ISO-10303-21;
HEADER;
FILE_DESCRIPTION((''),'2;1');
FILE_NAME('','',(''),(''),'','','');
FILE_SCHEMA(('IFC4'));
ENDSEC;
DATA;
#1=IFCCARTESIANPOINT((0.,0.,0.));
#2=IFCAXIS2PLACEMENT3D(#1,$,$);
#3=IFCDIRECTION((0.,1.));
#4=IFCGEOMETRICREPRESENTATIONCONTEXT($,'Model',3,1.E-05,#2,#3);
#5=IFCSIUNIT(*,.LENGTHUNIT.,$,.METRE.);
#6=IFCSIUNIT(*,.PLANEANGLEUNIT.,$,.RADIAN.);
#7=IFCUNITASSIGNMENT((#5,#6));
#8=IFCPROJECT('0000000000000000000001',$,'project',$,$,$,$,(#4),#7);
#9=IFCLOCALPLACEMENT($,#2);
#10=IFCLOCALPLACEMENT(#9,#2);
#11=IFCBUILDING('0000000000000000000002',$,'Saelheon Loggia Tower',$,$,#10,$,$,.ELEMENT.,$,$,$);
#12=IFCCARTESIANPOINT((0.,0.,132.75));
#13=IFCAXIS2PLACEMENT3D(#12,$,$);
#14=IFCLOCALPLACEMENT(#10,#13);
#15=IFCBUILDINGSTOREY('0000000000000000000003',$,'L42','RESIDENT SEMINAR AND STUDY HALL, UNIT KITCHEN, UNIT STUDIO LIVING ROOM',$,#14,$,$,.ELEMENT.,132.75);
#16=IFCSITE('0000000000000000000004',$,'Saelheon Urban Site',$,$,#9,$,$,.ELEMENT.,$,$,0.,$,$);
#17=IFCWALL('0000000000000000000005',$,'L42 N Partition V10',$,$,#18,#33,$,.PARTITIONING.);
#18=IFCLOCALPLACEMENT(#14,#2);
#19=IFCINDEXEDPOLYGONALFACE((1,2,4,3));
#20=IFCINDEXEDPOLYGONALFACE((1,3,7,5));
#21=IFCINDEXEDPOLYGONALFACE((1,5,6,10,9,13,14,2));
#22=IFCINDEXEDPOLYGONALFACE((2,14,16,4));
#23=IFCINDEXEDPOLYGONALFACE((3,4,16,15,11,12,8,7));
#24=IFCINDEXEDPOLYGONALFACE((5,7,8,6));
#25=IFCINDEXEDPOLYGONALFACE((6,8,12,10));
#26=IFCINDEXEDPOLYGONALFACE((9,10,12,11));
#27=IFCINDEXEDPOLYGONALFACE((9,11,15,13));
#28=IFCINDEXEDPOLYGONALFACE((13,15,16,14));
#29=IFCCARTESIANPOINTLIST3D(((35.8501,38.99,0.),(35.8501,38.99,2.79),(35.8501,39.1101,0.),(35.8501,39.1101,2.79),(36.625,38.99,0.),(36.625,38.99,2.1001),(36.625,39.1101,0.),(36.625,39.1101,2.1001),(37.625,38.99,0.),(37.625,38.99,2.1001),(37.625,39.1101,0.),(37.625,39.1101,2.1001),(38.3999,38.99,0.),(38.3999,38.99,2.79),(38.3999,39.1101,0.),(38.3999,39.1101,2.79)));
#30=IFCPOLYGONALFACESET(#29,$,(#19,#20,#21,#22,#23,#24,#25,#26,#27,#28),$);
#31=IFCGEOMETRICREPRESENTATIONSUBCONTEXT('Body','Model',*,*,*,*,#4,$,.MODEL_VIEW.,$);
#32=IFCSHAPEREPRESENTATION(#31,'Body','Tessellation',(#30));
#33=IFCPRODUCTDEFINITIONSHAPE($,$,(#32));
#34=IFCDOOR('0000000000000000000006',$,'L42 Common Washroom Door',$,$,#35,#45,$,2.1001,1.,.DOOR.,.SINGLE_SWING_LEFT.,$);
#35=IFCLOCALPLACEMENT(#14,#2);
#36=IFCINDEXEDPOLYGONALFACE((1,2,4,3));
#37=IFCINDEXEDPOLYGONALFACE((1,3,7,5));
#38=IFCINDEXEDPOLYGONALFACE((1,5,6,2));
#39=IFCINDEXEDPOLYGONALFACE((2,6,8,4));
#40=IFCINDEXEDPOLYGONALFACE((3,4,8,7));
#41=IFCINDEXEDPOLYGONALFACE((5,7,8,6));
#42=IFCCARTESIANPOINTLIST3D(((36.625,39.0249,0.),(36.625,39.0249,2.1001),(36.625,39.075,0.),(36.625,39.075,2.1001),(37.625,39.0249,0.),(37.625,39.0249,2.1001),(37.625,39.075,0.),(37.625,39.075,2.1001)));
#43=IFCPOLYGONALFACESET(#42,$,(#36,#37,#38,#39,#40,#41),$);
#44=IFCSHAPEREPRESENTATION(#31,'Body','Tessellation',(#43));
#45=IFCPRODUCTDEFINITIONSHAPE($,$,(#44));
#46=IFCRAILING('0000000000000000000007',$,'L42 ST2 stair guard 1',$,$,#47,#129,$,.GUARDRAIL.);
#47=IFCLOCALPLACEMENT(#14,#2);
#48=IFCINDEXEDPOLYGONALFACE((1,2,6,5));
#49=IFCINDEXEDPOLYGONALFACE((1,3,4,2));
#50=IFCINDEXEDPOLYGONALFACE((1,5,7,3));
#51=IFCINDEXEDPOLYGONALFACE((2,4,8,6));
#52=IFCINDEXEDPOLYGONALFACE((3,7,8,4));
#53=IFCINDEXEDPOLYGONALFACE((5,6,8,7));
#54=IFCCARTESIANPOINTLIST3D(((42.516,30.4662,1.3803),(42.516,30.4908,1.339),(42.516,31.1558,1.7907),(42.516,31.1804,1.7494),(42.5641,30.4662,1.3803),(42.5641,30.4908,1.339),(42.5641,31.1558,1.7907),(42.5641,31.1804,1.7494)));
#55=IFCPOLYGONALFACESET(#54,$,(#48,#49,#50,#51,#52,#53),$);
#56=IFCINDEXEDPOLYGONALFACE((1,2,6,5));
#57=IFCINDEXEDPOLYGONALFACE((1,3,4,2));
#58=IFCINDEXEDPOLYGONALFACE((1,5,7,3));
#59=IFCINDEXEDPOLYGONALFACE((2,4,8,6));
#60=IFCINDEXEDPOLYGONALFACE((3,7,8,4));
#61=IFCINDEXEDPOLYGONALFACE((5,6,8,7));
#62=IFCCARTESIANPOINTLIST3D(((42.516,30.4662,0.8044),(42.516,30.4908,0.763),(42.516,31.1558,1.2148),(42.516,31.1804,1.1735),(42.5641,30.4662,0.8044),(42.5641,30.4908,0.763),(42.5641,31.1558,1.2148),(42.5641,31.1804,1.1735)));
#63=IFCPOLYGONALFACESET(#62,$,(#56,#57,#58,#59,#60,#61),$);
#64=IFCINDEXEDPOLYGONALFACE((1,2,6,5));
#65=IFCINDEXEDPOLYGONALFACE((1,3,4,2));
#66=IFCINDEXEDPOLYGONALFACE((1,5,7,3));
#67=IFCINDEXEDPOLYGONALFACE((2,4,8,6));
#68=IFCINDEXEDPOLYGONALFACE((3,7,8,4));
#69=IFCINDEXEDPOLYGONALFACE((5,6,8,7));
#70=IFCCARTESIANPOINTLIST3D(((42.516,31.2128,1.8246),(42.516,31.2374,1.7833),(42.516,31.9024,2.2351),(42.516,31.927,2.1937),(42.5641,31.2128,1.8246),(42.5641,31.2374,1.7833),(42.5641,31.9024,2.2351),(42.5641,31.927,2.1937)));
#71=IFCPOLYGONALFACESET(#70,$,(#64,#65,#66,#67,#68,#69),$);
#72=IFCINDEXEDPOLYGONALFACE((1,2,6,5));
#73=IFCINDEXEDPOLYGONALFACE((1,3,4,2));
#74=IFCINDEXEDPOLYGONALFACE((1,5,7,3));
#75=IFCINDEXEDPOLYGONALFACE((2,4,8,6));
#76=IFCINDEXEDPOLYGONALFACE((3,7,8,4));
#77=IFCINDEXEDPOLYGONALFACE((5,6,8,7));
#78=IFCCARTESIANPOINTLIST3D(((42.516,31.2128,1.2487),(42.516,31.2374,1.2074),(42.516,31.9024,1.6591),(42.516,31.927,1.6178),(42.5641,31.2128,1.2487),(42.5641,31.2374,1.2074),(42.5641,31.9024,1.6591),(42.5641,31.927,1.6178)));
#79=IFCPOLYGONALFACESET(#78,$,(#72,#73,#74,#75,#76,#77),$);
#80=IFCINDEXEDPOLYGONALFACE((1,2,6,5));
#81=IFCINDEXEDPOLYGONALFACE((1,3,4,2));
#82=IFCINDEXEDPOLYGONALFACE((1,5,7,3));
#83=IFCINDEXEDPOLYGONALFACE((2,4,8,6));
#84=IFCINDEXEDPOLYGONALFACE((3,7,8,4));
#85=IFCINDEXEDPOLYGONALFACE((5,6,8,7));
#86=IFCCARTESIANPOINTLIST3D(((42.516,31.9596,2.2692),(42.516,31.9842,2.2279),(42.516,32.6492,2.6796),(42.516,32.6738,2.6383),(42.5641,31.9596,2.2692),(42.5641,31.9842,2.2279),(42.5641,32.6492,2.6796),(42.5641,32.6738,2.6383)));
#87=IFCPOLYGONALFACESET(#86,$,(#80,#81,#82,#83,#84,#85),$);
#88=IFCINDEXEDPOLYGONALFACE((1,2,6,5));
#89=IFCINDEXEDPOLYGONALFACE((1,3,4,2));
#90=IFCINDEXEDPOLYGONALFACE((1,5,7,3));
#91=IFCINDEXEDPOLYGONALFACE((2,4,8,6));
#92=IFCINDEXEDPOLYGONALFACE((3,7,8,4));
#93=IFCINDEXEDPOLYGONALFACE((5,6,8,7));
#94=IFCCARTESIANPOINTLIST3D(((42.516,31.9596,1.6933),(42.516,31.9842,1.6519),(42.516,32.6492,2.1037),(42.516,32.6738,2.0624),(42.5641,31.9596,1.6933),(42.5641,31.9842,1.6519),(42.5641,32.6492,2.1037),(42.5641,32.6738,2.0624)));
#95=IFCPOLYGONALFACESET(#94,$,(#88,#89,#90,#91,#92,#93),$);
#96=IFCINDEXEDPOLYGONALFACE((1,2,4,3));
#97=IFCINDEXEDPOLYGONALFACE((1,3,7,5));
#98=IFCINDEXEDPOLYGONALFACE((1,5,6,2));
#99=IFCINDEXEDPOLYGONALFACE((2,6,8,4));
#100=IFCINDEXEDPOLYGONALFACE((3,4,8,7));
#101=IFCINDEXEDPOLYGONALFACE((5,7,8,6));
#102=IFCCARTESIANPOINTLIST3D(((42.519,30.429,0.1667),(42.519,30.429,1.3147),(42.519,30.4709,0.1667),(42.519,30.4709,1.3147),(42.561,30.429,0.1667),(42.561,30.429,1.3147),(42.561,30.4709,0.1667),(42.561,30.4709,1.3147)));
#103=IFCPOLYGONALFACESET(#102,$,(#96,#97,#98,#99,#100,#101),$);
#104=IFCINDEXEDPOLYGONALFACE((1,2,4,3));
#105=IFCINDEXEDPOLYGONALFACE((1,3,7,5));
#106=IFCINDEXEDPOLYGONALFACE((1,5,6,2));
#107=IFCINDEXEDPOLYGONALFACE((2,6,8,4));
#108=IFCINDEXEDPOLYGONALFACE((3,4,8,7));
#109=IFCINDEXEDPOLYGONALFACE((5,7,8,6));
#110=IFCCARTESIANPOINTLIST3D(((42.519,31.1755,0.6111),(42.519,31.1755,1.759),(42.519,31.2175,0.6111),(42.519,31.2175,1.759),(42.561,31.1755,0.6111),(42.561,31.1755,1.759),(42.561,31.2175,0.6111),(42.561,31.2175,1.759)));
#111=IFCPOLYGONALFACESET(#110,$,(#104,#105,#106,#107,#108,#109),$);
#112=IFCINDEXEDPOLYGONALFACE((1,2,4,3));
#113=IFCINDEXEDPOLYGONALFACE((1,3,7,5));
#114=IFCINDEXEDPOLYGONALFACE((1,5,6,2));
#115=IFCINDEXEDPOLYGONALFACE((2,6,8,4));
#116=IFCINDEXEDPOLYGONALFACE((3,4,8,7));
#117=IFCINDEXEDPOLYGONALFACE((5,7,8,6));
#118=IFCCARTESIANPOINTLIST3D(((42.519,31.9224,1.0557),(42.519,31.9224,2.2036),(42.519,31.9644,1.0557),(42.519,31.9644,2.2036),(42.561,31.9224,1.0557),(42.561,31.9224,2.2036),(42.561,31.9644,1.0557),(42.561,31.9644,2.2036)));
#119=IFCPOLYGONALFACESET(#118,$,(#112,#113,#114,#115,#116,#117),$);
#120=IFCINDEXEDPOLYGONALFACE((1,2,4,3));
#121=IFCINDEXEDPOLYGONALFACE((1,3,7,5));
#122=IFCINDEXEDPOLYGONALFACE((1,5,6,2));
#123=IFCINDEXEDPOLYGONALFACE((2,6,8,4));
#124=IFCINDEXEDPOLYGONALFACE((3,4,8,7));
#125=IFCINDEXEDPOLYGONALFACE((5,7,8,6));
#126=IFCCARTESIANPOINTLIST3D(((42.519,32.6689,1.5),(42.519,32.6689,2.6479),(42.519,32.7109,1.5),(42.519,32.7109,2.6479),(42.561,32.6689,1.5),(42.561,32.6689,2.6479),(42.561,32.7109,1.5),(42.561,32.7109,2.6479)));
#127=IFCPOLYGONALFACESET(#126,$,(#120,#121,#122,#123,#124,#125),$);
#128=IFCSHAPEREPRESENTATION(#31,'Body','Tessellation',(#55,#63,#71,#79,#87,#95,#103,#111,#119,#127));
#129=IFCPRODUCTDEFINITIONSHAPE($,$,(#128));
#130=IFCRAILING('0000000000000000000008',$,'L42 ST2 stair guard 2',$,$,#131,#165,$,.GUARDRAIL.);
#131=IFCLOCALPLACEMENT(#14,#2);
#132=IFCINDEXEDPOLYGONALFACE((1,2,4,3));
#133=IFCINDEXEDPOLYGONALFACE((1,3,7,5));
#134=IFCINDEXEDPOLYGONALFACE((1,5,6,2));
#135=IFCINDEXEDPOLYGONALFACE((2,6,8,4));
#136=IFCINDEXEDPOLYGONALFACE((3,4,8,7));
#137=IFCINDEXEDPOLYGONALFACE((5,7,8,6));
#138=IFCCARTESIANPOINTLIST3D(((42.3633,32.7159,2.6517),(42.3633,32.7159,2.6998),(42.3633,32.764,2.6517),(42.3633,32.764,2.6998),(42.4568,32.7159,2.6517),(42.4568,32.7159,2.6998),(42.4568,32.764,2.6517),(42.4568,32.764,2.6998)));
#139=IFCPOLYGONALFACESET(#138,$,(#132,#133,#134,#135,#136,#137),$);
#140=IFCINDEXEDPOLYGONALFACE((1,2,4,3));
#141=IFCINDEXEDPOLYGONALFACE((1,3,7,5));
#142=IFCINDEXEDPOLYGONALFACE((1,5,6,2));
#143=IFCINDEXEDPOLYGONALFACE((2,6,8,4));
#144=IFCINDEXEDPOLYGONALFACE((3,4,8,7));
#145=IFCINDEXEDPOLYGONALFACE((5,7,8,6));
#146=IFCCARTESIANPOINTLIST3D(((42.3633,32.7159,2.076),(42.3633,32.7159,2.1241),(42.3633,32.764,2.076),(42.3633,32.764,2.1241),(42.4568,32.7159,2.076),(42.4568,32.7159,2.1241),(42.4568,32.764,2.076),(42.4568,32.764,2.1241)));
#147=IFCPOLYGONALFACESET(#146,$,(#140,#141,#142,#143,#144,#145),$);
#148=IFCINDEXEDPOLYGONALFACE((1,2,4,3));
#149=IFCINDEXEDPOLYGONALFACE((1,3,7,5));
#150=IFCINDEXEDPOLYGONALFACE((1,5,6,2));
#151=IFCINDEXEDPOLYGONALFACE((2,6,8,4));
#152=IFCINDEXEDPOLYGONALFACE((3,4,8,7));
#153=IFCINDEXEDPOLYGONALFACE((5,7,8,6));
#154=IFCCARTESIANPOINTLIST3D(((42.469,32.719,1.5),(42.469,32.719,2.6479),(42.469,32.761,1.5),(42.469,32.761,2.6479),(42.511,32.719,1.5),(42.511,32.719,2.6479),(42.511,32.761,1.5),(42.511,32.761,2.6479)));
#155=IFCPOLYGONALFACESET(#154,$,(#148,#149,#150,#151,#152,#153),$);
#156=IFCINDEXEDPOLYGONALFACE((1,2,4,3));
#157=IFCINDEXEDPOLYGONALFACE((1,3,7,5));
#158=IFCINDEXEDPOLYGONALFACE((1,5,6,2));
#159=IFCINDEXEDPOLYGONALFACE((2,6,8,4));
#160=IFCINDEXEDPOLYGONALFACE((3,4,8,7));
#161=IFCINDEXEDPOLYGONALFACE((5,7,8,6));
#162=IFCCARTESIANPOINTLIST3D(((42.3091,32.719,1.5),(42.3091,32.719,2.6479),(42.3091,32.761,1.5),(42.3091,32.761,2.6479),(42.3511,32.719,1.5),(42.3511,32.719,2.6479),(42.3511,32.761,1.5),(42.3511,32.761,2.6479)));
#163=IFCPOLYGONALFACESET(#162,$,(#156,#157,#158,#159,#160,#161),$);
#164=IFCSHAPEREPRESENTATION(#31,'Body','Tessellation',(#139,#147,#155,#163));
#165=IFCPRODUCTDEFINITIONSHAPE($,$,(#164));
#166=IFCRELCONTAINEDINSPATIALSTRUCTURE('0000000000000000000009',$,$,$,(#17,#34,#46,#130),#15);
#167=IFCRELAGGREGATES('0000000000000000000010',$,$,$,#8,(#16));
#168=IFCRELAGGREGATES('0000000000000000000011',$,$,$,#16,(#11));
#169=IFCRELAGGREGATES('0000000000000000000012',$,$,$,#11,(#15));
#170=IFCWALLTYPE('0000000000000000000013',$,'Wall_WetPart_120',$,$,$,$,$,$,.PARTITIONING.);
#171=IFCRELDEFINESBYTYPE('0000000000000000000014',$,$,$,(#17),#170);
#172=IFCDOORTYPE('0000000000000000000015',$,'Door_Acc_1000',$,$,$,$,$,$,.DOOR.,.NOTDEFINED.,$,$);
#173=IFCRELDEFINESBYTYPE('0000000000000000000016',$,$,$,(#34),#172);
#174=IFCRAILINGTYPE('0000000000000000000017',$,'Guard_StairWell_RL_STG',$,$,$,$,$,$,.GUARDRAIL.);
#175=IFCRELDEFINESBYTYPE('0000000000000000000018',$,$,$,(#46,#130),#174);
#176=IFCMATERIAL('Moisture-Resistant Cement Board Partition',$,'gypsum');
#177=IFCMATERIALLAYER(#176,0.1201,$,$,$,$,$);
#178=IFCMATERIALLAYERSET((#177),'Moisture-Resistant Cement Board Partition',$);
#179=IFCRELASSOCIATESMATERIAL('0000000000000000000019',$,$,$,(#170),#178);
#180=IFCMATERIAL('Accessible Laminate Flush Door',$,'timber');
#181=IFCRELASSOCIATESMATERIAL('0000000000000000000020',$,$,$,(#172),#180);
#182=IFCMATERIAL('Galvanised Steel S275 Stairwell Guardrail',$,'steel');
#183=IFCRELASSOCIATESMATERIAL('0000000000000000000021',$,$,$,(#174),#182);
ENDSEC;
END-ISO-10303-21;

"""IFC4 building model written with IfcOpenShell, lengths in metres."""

from ifc_helpers import new_model, si_unit, direction, frame, frame_2d, origin, origin_2d, place, context, subcontext, project, spatial, rectangle, extrude, source, transform, mapped, material, layer, layer_set, type_object, element, fill, save


model = new_model("IFC4")

# Units and contexts
model_context = context("Model", 3, precision=1e-05, world=origin(), true_north=direction((0.0, 1.0)))
body_context = subcontext(model_context, "Body", "Model", "MODEL_VIEW")
ifc_project = project(units=[si_unit("LENGTHUNIT", "METRE"), si_unit("PLANEANGLEUNIT", "RADIAN")], contexts=[model_context])

# Site, building, storey
site_placement = place(None, origin())
site = spatial("IfcSite", under=ifc_project, at=site_placement, Name="Saelheon Urban Site", CompositionType="ELEMENT", RefElevation=0.0)
building_placement = place(site_placement, origin())
building = spatial("IfcBuilding", under=site, at=building_placement, Name="Saelheon Loggia Tower", CompositionType="ELEMENT")
storey_placement = place(building_placement, frame((0.0, 0.0, 132.75)))
storey = spatial("IfcBuildingStorey", under=building, at=storey_placement, Name="L42", Description="RESIDENT SEMINAR AND STUDY HALL, UNIT KITCHEN, UNIT STUDIO LIVING ROOM", CompositionType="ELEMENT", Elevation=132.75)

# Shared definitions
ifc_material_1 = material(Name="Moisture-Resistant Cement Board Partition", Category="gypsum")
ifc_layer_1 = layer(ifc_material_1, 0.1201)
ifc_layer_set_1 = layer_set([ifc_layer_1], Name="Moisture-Resistant Cement Board Partition")
wall_type_1 = type_object("IfcWallType", Name="Wall_WetPart_120", PredefinedType="PARTITIONING", material=ifc_layer_set_1)

# Wall, opening, door
wall_1_placement = place(storey_placement, frame((35.8501, 39.05, 0.0), z_axis=(0.0, 0.0, 1.0), x_axis=(1.0, 0.0, 0.0)))
wall_1 = element("IfcWall", 1, at=wall_1_placement, inside=storey, type_object=wall_type_1, Name="L42 N Partition V10", PredefinedType="PARTITIONING", context=body_context, shape_type="SweptSolid", body=[
    extrude(rectangle(XDim=2.5498, YDim=0.1201, at=frame_2d((1.2749, 0.0))), origin(), (0.0, 0.0, 1.0), 2.79),
])
opening_1_placement = place(wall_1_placement, frame((0.7749, 0.0, 0.0)))
opening_1 = element("IfcOpeningElement", 2, at=opening_1_placement, cuts=wall_1, PredefinedType="OPENING", context=body_context, shape_type="SweptSolid", body=[
    extrude(rectangle(XDim=1.0, YDim=2.1001, at=frame_2d((0.5, 1.05))), frame((0.0, 0.072, 0.0), z_axis=(0.0, -1.0, 0.0), x_axis=(1.0, 0.0, 0.0)), (0.0, 0.0, 1.0), 0.144),
])
ifc_material_2 = material(Name="Accessible Laminate Flush Door", Category="timber")
door_type_1 = type_object("IfcDoorType", Name="Door_Acc_1000", OperationType="NOTDEFINED", PredefinedType="DOOR", material=ifc_material_2)
shared_shape_1 = source(origin(), body_context, "Body", "SweptSolid", [
    extrude(rectangle(XDim=1.0, YDim=2.1001, at=frame_2d((0.5, 1.05))), frame((0.0, 0.0249, 0.0), z_axis=(0.0, -1.0, 0.0), x_axis=(1.0, 0.0, 0.0)), (0.0, 0.0, 1.0), 0.05),
])
door_1_placement = place(opening_1_placement, origin())
door_1 = element("IfcDoor", 3, at=door_1_placement, inside=storey, type_object=door_type_1, Name="L42 Common Washroom Door", OperationType="SINGLE_SWING_LEFT", OverallHeight=2.1001, OverallWidth=1.0, PredefinedType="DOOR", context=body_context, shape_type="MappedRepresentation", body=[
    mapped(shared_shape_1, transform((0.0, 0.0, 0.0), scale=1.0)),
])
fill(opening_1, door_1)

# Railings
ifc_material_3 = material(Name="Galvanised Steel S275 Stairwell Guardrail", Category="steel")
railing_type_1 = type_object("IfcRailingType", Name="Guard_StairWell_RL_STG", PredefinedType="GUARDRAIL", material=ifc_material_3)
railing_1_placement = place(storey_placement, frame((42.54, 30.45, 0.1667)))
element("IfcRailing", 4, at=railing_1_placement, inside=storey, type_object=railing_type_1, Name="L42 ST2 stair guard 1", PredefinedType="GUARDRAIL", context=body_context, shape_type="SweptSolid", body=[
    extrude(rectangle(XDim=0.0481, YDim=0.0481, at=origin_2d()), frame((0.0, 0.0286, 1.1929), z_axis=(0.0, 0.859306, 0.511462), x_axis=(-1.0, 0.0, 0.0)), (0.0, 0.0, 1.0), 0.8025),
    extrude(rectangle(XDim=0.0481, YDim=0.0481, at=origin_2d()), frame((0.0, 0.0286, 0.6169), z_axis=(0.0, 0.859306, 0.511462), x_axis=(-1.0, 0.0, 0.0)), (0.0, 0.0, 1.0), 0.8025),
    extrude(rectangle(XDim=0.0481, YDim=0.0481, at=origin_2d()), frame((0.0, 0.7751, 1.6372), z_axis=(0.0, 0.859306, 0.511462), x_axis=(-1.0, 0.0, 0.0)), (0.0, 0.0, 1.0), 0.8025),
    extrude(rectangle(XDim=0.0481, YDim=0.0481, at=origin_2d()), frame((0.0, 0.7751, 1.0613), z_axis=(0.0, 0.859306, 0.511462), x_axis=(-1.0, 0.0, 0.0)), (0.0, 0.0, 1.0), 0.8025),
    extrude(rectangle(XDim=0.0481, YDim=0.0481, at=origin_2d()), frame((0.0, 1.522, 2.0818), z_axis=(0.0, 0.859306, 0.511462), x_axis=(-1.0, 0.0, 0.0)), (0.0, 0.0, 1.0), 0.8025),
    extrude(rectangle(XDim=0.0481, YDim=0.0481, at=origin_2d()), frame((0.0, 1.522, 1.5059), z_axis=(0.0, 0.859306, 0.511462), x_axis=(-1.0, 0.0, 0.0)), (0.0, 0.0, 1.0), 0.8025),
    extrude(rectangle(XDim=0.042, YDim=0.042, at=origin_2d()), origin(), (0.0, 0.0, 1.0), 1.1479),
    extrude(rectangle(XDim=0.042, YDim=0.042, at=origin_2d()), frame((0.0, 0.7466, 0.4443)), (0.0, 0.0, 1.0), 1.1479),
    extrude(rectangle(XDim=0.042, YDim=0.042, at=origin_2d()), frame((0.0, 1.4934, 0.8889)), (0.0, 0.0, 1.0), 1.1479),
    extrude(rectangle(XDim=0.042, YDim=0.042, at=origin_2d()), frame((0.0, 2.24, 1.3333)), (0.0, 0.0, 1.0), 1.1479),
])
railing_2_placement = place(storey_placement, frame((42.49, 32.74, 1.5)))
element("IfcRailing", 5, at=railing_2_placement, inside=storey, type_object=railing_type_1, Name="L42 ST2 stair guard 2", PredefinedType="GUARDRAIL", context=body_context, shape_type="SweptSolid", body=[
    extrude(rectangle(XDim=0.0481, YDim=0.0481, at=origin_2d()), frame((-0.0332, 0.0, 1.1758), z_axis=(-1.0, 0.0, 0.0), x_axis=(0.0, -1.0, 0.0)), (0.0, 0.0, 1.0), 0.0935),
    extrude(rectangle(XDim=0.0481, YDim=0.0481, at=origin_2d()), frame((-0.0332, 0.0, 0.6001), z_axis=(-1.0, 0.0, 0.0), x_axis=(0.0, -1.0, 0.0)), (0.0, 0.0, 1.0), 0.0935),
    extrude(rectangle(XDim=0.042, YDim=0.042, at=origin_2d()), origin(), (0.0, 0.0, 1.0), 1.1479),
    extrude(rectangle(XDim=0.042, YDim=0.042, at=origin_2d()), frame((-0.1599, 0.0, 0.0)), (0.0, 0.0, 1.0), 1.1479),
])

save(model, "model.ifc")
